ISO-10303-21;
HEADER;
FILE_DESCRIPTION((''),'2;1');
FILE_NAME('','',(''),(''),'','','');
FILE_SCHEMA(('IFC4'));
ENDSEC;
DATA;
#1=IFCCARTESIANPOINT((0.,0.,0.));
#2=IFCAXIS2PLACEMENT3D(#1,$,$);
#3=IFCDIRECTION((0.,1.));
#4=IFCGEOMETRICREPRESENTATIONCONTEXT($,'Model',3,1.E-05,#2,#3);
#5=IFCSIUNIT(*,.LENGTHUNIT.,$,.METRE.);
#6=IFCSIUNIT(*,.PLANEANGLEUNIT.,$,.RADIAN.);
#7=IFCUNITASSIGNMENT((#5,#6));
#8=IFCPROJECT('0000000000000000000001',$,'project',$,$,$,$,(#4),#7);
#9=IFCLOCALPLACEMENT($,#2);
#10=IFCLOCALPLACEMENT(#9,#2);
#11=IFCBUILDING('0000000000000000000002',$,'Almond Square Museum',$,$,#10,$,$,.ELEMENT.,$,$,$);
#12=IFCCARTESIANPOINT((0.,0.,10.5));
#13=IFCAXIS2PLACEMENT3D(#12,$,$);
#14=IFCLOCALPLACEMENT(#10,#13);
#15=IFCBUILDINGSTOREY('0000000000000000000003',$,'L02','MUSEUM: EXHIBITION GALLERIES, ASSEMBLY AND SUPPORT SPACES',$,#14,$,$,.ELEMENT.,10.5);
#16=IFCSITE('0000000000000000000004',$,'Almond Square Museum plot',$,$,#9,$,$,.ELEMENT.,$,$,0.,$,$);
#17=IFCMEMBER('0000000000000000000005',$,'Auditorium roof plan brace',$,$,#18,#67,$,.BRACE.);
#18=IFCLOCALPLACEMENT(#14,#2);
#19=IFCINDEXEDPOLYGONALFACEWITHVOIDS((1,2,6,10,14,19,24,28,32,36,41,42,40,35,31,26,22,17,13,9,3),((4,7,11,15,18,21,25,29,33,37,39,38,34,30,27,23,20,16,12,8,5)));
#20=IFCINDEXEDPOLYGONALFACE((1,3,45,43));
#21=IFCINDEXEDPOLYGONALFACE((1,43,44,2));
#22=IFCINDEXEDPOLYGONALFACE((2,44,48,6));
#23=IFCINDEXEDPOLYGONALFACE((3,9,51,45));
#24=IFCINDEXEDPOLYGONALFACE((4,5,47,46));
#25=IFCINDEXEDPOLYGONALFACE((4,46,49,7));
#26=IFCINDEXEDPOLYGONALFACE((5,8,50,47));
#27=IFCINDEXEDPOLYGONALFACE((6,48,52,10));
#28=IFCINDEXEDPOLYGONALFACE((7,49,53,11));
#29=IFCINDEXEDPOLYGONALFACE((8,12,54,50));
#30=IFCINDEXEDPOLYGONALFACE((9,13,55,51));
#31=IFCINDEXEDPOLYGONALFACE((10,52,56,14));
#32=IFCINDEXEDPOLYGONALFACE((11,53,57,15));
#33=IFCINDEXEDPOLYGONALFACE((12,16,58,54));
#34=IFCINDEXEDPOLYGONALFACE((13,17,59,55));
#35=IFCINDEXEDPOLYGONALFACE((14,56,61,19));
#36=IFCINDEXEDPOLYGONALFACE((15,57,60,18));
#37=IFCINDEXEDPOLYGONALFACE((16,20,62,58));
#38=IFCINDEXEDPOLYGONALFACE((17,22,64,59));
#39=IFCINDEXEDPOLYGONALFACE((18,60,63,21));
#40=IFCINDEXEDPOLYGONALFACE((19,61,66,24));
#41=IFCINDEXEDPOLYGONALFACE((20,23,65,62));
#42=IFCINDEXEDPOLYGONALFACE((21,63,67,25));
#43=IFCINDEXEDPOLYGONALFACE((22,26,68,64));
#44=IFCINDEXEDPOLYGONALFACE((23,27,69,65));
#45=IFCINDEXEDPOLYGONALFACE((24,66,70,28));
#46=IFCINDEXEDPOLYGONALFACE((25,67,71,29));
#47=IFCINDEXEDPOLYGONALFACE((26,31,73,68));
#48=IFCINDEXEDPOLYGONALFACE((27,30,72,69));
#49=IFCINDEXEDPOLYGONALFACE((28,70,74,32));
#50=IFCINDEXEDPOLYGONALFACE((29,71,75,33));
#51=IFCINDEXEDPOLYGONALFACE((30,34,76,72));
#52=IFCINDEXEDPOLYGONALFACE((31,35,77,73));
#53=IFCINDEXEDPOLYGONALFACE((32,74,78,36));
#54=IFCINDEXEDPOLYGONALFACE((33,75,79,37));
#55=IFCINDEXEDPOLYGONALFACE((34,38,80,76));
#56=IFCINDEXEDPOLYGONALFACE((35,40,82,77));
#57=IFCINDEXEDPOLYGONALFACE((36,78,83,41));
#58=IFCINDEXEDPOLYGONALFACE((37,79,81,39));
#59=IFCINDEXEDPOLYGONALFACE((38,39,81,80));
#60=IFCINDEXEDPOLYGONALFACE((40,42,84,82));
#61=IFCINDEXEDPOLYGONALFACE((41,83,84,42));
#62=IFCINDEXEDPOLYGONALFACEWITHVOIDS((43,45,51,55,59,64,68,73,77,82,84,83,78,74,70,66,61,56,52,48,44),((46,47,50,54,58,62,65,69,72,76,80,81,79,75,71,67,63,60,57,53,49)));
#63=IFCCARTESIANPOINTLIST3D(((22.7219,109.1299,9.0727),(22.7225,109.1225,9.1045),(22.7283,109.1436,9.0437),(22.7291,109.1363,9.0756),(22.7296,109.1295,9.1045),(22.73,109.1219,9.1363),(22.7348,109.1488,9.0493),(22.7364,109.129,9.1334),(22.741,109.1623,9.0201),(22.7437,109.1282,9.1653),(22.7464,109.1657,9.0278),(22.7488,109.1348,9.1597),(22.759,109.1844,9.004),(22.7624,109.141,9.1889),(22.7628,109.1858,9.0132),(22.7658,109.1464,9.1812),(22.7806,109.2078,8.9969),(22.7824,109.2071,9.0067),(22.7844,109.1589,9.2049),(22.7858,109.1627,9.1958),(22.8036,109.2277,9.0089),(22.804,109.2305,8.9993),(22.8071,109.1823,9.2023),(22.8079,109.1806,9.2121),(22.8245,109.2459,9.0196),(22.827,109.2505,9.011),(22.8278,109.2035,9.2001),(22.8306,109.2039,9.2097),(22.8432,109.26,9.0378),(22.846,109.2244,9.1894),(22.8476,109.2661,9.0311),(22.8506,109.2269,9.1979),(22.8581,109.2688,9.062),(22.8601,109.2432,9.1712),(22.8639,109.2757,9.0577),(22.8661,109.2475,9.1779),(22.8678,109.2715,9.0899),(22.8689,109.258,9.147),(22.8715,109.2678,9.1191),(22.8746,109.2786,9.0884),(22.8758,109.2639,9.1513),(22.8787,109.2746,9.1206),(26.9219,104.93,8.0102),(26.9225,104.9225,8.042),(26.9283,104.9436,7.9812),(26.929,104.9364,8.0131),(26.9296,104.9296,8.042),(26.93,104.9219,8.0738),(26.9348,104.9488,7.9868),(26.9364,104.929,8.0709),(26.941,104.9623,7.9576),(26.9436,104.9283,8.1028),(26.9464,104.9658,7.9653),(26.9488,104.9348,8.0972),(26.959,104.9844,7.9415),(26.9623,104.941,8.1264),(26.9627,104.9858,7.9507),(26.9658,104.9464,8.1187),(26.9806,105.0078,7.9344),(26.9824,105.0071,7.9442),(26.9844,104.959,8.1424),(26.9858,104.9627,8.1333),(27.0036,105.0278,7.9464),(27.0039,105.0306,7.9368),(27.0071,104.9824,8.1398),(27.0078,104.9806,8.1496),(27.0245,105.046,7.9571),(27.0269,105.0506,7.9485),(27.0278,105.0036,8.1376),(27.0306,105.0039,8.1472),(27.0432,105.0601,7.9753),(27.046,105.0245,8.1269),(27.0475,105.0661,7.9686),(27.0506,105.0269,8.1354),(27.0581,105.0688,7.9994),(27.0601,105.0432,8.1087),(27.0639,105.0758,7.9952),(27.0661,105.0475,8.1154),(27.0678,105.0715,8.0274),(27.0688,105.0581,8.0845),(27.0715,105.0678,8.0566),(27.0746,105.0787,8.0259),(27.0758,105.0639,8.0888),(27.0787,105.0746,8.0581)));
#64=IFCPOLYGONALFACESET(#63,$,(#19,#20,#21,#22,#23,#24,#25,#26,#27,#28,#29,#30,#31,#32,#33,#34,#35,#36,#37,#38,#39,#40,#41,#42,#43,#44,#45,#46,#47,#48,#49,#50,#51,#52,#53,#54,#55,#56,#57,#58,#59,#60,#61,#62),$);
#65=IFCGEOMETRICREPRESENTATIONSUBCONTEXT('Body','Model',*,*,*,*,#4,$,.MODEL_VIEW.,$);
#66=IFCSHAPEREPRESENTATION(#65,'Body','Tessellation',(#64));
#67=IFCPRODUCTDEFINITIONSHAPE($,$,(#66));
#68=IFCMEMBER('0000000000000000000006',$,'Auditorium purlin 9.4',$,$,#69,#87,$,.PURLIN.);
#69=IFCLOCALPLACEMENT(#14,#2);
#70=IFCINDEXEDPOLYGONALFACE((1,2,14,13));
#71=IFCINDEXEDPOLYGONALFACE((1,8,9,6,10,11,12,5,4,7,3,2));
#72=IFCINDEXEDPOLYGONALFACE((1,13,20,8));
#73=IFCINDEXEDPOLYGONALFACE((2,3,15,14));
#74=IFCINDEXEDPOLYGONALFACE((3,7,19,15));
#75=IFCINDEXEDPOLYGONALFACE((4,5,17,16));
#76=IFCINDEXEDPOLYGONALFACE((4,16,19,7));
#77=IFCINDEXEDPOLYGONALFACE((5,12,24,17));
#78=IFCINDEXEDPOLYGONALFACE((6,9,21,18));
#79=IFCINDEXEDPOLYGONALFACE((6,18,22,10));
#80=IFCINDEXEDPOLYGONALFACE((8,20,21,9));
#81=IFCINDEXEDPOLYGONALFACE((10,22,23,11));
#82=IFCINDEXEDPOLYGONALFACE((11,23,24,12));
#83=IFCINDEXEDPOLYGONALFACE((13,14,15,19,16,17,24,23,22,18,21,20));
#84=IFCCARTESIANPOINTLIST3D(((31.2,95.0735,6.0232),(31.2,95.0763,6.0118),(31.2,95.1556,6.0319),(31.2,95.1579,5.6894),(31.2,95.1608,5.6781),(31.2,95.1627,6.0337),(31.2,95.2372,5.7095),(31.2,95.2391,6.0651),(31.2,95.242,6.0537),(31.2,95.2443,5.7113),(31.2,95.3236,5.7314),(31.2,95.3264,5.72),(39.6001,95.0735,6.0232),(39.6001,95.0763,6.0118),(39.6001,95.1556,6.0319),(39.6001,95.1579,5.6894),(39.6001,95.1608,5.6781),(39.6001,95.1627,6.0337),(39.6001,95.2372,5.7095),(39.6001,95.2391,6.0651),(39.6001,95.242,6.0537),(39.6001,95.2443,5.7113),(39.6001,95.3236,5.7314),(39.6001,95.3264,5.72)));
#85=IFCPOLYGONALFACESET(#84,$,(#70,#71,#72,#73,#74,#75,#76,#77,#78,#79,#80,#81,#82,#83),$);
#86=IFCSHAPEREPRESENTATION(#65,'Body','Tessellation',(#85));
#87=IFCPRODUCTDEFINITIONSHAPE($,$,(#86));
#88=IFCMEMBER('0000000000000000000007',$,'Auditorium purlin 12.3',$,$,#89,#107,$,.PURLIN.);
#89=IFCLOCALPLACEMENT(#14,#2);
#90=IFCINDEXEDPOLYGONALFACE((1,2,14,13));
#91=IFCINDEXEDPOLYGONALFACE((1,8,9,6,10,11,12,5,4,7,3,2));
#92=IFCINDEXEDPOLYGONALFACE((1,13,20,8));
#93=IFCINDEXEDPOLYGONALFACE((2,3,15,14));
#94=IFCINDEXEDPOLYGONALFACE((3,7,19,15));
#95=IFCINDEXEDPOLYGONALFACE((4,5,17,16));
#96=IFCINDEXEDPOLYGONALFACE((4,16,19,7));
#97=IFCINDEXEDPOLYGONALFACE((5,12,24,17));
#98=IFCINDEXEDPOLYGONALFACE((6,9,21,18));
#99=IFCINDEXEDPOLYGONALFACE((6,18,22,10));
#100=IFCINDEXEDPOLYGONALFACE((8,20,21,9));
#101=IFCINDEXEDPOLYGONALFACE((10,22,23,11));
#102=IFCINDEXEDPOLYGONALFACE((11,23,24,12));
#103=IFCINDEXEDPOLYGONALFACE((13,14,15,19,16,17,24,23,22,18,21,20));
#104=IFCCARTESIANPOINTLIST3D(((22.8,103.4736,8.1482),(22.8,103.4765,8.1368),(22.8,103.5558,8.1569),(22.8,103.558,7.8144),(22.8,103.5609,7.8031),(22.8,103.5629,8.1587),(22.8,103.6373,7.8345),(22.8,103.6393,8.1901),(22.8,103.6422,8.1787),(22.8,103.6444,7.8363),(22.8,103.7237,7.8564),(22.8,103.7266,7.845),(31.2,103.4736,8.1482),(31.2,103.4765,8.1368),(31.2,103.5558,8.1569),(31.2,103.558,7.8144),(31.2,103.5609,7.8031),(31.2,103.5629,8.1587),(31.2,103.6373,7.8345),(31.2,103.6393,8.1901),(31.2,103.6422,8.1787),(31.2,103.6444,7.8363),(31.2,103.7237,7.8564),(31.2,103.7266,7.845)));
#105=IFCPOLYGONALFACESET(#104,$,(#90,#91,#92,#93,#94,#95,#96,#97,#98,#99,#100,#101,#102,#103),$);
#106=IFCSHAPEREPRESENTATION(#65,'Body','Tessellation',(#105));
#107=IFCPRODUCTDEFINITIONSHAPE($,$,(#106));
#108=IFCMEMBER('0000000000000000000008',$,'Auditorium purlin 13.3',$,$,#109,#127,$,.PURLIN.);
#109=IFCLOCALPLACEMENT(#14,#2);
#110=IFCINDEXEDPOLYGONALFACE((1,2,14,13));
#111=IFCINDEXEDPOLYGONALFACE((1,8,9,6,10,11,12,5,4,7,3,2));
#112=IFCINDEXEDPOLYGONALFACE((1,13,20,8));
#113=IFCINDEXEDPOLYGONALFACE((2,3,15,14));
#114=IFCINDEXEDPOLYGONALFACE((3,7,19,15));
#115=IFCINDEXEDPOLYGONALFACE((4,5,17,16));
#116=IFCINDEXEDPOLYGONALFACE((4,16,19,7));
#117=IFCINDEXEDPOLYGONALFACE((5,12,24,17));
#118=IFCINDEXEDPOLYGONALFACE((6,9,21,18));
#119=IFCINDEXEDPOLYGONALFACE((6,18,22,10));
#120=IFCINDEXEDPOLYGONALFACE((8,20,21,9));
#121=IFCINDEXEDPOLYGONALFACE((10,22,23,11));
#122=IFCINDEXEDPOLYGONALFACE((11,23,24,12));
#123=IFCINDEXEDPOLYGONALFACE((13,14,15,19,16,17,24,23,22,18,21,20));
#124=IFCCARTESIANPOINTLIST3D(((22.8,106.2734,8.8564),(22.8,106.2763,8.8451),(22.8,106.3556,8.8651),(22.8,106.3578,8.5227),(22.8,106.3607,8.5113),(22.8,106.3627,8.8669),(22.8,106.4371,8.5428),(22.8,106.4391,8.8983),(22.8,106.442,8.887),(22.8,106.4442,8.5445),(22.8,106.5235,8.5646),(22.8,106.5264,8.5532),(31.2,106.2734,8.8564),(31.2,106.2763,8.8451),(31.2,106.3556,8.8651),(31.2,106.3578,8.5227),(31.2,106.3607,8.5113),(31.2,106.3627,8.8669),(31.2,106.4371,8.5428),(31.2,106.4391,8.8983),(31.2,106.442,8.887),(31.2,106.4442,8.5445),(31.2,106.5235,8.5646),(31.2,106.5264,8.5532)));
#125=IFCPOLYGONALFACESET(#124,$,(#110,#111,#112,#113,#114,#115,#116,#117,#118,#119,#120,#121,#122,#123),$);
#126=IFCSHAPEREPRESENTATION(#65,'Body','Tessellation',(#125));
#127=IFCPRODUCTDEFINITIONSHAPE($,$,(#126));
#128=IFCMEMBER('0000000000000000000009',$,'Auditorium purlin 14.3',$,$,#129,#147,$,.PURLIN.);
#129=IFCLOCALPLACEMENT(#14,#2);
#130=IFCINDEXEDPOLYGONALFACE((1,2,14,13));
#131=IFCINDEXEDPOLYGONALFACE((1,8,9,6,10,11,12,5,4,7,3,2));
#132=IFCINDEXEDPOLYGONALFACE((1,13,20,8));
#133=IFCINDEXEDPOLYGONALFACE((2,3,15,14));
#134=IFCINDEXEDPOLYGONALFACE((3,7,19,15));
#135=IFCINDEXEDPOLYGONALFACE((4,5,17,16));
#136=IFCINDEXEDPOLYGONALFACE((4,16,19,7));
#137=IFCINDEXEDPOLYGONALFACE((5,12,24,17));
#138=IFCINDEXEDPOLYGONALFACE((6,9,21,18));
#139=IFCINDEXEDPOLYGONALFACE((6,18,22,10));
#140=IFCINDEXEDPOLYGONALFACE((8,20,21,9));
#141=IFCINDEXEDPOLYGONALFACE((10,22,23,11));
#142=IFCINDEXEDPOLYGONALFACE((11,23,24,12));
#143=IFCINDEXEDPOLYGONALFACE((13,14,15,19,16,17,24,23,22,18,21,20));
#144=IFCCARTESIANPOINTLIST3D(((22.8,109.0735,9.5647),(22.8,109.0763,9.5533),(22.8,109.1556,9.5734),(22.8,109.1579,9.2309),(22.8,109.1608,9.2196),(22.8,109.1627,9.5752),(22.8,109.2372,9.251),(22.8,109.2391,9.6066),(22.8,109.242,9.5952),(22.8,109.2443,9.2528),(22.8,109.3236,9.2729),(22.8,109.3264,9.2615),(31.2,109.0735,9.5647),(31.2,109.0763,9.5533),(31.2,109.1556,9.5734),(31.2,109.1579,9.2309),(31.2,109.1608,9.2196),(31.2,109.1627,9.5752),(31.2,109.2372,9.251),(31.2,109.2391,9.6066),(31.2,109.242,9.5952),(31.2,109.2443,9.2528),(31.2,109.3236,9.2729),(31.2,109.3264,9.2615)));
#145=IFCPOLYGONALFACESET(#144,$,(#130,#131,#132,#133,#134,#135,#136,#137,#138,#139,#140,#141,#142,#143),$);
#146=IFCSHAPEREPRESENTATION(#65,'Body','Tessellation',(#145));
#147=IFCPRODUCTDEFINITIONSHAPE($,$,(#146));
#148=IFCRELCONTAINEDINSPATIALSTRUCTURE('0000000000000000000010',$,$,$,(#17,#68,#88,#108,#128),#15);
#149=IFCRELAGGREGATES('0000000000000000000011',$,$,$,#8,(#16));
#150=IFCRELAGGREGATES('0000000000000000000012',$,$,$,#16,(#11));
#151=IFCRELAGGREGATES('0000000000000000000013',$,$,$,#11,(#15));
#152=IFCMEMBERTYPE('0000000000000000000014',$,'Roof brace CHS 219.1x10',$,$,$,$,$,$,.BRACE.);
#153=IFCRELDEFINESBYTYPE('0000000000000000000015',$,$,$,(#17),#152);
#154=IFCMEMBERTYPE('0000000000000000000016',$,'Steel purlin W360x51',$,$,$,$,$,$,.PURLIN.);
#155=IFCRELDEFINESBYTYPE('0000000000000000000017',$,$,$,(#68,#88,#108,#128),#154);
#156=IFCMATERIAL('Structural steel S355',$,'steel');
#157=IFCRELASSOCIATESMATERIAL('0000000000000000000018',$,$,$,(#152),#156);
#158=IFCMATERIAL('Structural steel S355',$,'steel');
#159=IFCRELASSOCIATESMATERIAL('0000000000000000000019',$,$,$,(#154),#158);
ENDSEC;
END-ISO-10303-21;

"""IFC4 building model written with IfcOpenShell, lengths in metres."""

from ifc_helpers import new_model, si_unit, direction, frame, origin, origin_2d, place, context, subcontext, project, spatial, hollow_circle, i_section, extrude, material, material_profile, profile_set, type_object, element, save


model = new_model("IFC4")

# Units and contexts
model_context = context("Model", 3, precision=1e-05, world=origin(), true_north=direction((0.0, 1.0)))
body_context = subcontext(model_context, "Body", "Model", "MODEL_VIEW")
ifc_project = project(units=[si_unit("LENGTHUNIT", "METRE"), si_unit("PLANEANGLEUNIT", "RADIAN")], contexts=[model_context])

# Site, building, storey
site_placement = place(None, origin())
site = spatial("IfcSite", under=ifc_project, at=site_placement, Name="Almond Square Museum plot", CompositionType="ELEMENT", RefElevation=0.0)
building_placement = place(site_placement, origin())
building = spatial("IfcBuilding", under=site, at=building_placement, Name="Almond Square Museum", CompositionType="ELEMENT")
storey_placement = place(building_placement, frame((0.0, 0.0, 10.5)))
storey = spatial("IfcBuildingStorey", under=building, at=storey_placement, Name="L02", Description="MUSEUM: EXHIBITION GALLERIES, ASSEMBLY AND SUPPORT SPACES", CompositionType="ELEMENT", Elevation=10.5)

# Members
ifc_material_1 = material(Name="Structural steel S355", Category="steel")
ifc_material_profile_1 = material_profile(ifc_material_1, hollow_circle(Radius=0.1096, WallThickness=0.01, at=origin_2d()))
ifc_profile_set_1 = profile_set([ifc_material_profile_1], Name="Structural steel S355")
member_type_1 = type_object("IfcMemberType", Name="Roof brace CHS 219.1x10", PredefinedType="BRACE", material=ifc_profile_set_1)
member_1_placement = place(storey_placement, frame((27.0, 105.0, 8.042), z_axis=(-0.696058, 0.696058, 0.176088), x_axis=(-0.707107, -0.707107, 0.0)))
element("IfcMember", 1, at=member_1_placement, inside=storey, type_object=member_type_1, Name="Auditorium roof plan brace", PredefinedType="BRACE", context=body_context, shape_type="SweptSolid", body=[
    extrude(hollow_circle(Radius=0.1096, WallThickness=0.01, at=origin_2d()), origin(), (0.0, 0.0, 1.0), 6.0339),
])
ifc_material_2 = material(Name="Structural steel S355", Category="steel")
ifc_material_profile_2 = material_profile(ifc_material_2, i_section(OverallWidth=0.1709, OverallDepth=0.356, WebThickness=0.0073, FlangeThickness=0.0117, at=origin_2d()))
ifc_profile_set_2 = profile_set([ifc_material_profile_2], Name="Structural steel S355")
member_type_2 = type_object("IfcMemberType", Name="Steel purlin W360x51", PredefinedType="PURLIN", material=ifc_profile_set_2)
member_2_placement = place(storey_placement, frame((31.2, 95.2, 5.8716), z_axis=(1.0, 0.0, 0.0), x_axis=(0.0, 0.96946, 0.24525)))
element("IfcMember", 2, at=member_2_placement, inside=storey, type_object=member_type_2, Name="Auditorium purlin 9.4", PredefinedType="PURLIN", context=body_context, shape_type="SweptSolid", body=[
    extrude(i_section(OverallWidth=0.1709, OverallDepth=0.356, WebThickness=0.0073, FlangeThickness=0.0117, at=origin_2d()), origin(), (0.0, 0.0, 1.0), 8.4001),
])
for number, where, z_axis, x_axis, name in (
    (3, (22.8, 103.6001, 7.9966), (1.0, 0.0, 0.0), (0.0, 0.96946, 0.24525), "Auditorium purlin 12.3"),
    (4, (22.8, 106.3999, 8.7048), (1.0, 0.0, 0.0), (0.0, 0.96946, 0.24525), "Auditorium purlin 13.3"),
    (5, (22.8, 109.2, 9.4131), (1.0, 0.0, 0.0), (0.0, 0.96946, 0.24525), "Auditorium purlin 14.3"),
):
    element("IfcMember", number, at=place(storey_placement, frame(where, z_axis=z_axis, x_axis=x_axis)), inside=storey, type_object=member_type_2, Name=name, PredefinedType="PURLIN", context=body_context, shape_type="SweptSolid", body=[
        extrude(i_section(OverallWidth=0.1709, OverallDepth=0.356, WebThickness=0.0073, FlangeThickness=0.0117, at=origin_2d()), origin(), (0.0, 0.0, 1.0), 8.3999),
    ])

save(model, "model.ifc")
